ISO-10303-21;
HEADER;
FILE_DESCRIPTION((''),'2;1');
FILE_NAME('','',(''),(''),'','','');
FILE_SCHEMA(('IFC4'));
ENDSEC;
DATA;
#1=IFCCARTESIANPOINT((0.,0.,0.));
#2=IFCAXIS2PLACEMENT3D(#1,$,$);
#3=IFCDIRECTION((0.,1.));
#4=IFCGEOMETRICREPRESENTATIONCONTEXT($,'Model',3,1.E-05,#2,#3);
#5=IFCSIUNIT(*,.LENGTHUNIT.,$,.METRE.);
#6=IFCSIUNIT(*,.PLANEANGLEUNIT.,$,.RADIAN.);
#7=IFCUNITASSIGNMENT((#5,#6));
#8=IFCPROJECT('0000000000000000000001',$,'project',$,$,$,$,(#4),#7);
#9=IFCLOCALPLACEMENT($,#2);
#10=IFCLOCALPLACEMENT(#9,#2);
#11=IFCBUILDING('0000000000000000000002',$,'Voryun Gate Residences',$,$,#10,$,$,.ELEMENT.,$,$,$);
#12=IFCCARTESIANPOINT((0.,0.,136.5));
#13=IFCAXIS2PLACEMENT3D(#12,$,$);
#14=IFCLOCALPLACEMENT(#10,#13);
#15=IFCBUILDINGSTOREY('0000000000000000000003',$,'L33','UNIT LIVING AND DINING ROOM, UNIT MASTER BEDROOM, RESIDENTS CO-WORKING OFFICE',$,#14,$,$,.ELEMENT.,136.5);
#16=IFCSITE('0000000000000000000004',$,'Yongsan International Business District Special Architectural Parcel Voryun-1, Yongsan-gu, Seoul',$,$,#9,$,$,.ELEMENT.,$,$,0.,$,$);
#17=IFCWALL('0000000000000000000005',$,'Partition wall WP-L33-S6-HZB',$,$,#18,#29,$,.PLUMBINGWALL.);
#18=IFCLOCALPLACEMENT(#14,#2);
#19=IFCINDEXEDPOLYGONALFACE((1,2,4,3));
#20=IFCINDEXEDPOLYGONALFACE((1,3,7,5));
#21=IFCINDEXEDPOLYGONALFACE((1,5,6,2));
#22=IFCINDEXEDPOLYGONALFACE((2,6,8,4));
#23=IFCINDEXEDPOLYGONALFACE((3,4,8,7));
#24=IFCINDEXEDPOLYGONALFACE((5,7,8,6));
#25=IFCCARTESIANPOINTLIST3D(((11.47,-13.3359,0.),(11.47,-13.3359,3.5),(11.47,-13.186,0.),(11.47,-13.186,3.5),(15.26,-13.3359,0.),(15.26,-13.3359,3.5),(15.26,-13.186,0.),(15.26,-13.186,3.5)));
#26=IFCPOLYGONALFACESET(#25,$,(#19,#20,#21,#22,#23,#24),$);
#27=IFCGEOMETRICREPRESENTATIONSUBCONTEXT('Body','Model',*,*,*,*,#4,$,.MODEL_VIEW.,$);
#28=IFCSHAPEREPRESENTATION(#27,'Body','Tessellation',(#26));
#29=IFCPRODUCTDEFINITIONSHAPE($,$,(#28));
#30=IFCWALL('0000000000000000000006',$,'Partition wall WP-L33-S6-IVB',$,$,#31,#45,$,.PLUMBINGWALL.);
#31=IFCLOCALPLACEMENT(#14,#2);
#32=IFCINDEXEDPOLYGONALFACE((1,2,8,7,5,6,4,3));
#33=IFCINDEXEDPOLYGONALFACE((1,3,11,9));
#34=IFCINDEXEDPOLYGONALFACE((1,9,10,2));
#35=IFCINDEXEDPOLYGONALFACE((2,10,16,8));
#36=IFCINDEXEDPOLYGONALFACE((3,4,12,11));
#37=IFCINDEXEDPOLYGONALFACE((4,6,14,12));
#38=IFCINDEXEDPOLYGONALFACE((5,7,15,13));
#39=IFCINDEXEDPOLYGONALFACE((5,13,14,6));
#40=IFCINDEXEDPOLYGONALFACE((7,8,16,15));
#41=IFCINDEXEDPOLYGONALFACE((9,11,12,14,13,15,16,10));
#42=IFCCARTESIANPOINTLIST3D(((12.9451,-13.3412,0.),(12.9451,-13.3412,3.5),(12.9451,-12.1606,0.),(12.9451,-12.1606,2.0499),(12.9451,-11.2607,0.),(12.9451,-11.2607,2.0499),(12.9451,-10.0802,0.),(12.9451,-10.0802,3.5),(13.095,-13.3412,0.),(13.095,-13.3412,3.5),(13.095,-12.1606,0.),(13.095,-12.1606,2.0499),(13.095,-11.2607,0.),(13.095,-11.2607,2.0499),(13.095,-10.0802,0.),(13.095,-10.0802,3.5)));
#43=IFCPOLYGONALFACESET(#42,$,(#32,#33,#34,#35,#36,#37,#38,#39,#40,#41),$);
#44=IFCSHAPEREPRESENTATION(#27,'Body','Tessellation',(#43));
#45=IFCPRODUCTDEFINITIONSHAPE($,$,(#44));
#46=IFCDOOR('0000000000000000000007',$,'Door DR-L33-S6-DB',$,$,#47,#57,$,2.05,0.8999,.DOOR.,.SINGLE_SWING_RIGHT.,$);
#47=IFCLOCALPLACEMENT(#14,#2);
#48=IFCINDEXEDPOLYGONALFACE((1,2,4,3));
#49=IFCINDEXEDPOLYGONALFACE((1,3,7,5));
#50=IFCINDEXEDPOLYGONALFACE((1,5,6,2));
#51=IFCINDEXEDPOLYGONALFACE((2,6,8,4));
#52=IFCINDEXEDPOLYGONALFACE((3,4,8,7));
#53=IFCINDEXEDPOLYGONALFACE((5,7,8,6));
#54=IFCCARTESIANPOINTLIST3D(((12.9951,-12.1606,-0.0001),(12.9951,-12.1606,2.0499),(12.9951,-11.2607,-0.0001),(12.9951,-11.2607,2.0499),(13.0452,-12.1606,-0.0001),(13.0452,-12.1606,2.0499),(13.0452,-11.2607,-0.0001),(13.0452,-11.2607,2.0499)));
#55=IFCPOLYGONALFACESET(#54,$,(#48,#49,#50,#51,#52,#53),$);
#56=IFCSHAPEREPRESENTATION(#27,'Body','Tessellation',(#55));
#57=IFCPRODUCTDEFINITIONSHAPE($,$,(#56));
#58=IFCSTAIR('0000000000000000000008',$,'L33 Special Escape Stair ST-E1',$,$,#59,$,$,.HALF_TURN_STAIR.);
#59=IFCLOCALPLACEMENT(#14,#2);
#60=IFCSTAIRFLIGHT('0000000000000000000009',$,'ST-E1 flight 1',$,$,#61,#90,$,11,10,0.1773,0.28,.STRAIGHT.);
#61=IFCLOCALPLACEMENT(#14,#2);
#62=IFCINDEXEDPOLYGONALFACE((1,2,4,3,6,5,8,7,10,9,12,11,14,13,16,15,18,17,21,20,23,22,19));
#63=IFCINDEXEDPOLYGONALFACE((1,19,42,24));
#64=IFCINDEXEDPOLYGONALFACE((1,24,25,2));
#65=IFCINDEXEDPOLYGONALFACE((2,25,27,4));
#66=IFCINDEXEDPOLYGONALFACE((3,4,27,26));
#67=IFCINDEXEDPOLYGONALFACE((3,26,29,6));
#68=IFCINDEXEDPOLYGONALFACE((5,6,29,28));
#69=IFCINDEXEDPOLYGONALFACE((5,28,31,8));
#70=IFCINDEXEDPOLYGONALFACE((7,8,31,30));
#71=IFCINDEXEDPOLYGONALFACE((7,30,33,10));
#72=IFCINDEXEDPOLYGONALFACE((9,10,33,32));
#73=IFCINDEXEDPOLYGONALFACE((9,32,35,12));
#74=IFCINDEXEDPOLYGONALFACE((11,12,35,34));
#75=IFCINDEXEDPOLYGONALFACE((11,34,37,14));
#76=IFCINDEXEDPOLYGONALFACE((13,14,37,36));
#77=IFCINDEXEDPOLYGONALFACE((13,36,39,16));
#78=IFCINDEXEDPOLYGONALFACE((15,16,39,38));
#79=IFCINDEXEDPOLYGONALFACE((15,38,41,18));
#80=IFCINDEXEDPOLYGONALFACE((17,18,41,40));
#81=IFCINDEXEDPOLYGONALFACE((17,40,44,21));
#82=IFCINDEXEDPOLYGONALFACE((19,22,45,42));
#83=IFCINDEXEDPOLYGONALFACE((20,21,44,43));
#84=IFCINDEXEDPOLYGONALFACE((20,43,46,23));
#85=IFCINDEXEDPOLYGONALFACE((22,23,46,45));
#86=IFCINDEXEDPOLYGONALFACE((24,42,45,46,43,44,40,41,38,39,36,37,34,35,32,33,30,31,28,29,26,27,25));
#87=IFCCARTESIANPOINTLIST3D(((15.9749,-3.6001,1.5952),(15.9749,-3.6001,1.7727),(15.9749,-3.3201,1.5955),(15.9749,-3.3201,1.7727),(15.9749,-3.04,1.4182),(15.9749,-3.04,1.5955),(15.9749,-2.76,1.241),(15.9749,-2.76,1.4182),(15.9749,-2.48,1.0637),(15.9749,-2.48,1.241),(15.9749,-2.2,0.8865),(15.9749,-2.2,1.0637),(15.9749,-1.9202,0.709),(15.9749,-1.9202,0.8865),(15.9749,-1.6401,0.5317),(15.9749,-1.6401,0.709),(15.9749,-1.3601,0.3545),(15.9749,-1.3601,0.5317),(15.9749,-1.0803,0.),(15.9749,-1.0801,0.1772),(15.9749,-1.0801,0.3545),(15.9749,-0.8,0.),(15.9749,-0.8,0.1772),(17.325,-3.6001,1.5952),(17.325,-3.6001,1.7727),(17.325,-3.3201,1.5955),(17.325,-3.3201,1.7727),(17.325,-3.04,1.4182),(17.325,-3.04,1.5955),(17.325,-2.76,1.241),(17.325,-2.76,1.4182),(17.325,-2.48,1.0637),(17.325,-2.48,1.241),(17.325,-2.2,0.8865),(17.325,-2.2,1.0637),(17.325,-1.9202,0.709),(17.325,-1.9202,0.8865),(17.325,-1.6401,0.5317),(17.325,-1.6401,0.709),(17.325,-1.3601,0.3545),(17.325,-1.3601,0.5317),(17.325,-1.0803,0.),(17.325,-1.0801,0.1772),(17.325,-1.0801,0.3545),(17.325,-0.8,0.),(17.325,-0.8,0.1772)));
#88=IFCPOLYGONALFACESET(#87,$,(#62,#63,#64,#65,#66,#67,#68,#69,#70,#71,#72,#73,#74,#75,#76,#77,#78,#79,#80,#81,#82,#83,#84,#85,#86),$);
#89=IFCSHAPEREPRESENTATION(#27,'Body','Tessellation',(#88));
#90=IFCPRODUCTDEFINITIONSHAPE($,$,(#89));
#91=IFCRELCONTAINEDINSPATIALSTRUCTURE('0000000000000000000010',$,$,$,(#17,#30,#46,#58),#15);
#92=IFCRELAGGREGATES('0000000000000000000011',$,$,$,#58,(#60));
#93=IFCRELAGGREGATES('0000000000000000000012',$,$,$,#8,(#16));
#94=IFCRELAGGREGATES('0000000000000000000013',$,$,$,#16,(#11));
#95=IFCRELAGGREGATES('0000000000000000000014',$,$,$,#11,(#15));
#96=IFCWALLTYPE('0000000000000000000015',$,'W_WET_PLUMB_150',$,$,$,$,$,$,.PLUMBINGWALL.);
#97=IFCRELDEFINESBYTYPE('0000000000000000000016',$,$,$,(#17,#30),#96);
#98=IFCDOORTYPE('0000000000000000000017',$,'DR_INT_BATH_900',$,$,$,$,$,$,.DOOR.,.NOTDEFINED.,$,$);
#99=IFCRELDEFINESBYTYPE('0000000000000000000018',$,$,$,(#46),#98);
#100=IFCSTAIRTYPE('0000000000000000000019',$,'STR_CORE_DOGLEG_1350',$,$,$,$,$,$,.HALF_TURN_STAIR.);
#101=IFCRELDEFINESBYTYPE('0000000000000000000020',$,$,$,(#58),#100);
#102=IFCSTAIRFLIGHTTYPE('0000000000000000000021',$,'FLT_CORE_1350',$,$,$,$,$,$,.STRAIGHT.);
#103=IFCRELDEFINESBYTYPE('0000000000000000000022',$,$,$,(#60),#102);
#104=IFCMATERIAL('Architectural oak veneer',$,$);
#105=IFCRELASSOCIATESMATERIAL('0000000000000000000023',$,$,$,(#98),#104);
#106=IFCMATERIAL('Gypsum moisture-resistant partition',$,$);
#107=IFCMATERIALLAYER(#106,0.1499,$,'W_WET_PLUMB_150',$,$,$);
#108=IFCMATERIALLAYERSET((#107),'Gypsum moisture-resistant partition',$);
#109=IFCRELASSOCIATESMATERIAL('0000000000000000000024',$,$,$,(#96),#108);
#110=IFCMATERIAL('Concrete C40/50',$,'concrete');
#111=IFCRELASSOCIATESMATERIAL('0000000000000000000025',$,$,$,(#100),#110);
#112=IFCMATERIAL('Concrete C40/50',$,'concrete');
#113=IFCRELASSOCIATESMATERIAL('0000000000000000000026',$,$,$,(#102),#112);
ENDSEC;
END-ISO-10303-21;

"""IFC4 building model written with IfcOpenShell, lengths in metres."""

from ifc_helpers import new_model, si_unit, direction, frame, frame_2d, origin, place, context, subcontext, project, spatial, polyline, rectangle, outline, extrude, material, layer, layer_set, type_object, element, fill, aggregate, save


model = new_model("IFC4")

# Units and contexts
model_context = context("Model", 3, precision=1e-05, world=origin(), true_north=direction((0.0, 1.0)))
body_context = subcontext(model_context, "Body", "Model", "MODEL_VIEW")
ifc_project = project(units=[si_unit("LENGTHUNIT", "METRE"), si_unit("PLANEANGLEUNIT", "RADIAN")], contexts=[model_context])

# Site, building, storey
site_placement = place(None, origin())
site = spatial("IfcSite", under=ifc_project, at=site_placement, Name="Yongsan International Business District Special Architectural Parcel Voryun-1, Yongsan-gu, Seoul", CompositionType="ELEMENT", RefElevation=0.0)
building_placement = place(site_placement, origin())
building = spatial("IfcBuilding", under=site, at=building_placement, Name="Voryun Gate Residences", CompositionType="ELEMENT")
storey_placement = place(building_placement, frame((0.0, 0.0, 136.5)))
storey = spatial("IfcBuildingStorey", under=building, at=storey_placement, Name="L33", Description="UNIT LIVING AND DINING ROOM, UNIT MASTER BEDROOM, RESIDENTS CO-WORKING OFFICE", CompositionType="ELEMENT", Elevation=136.5)

# Shared definitions
ifc_material_1 = material(Name="Architectural oak veneer")
door_type_1 = type_object("IfcDoorType", Name="DR_INT_BATH_900", OperationType="NOTDEFINED", PredefinedType="DOOR", material=ifc_material_1)

# Wall
ifc_material_2 = material(Name="Gypsum moisture-resistant partition")
ifc_layer_1 = layer(ifc_material_2, 0.1499, Name="W_WET_PLUMB_150")
ifc_layer_set_1 = layer_set([ifc_layer_1], Name="Gypsum moisture-resistant partition")
wall_type_1 = type_object("IfcWallType", Name="W_WET_PLUMB_150", PredefinedType="PLUMBINGWALL", material=ifc_layer_set_1)
wall_1_placement = place(storey_placement, frame((11.47, -13.261, 0.0), z_axis=(0.0, 0.0, 1.0), x_axis=(1.0, 0.0, 0.0)))
element("IfcWall", 1, at=wall_1_placement, inside=storey, type_object=wall_type_1, Name="Partition wall WP-L33-S6-HZB", PredefinedType="PLUMBINGWALL", context=body_context, shape_type="SweptSolid", body=[
    extrude(rectangle(XDim=3.79, YDim=0.1499, at=frame_2d((1.895, 0.0))), origin(), (0.0, 0.0, 1.0), 3.5),
])

# Wall, opening, door
wall_2_placement = place(storey_placement, frame((13.02, -13.3411, 0.0), z_axis=(0.0, 0.0, 1.0), x_axis=(0.0, 1.0, 0.0)))
wall_2 = element("IfcWall", 2, at=wall_2_placement, inside=storey, type_object=wall_type_1, Name="Partition wall WP-L33-S6-IVB", PredefinedType="PLUMBINGWALL", context=body_context, shape_type="SweptSolid", body=[
    extrude(rectangle(XDim=3.261, YDim=0.1499, at=frame_2d((1.6304, 0.0))), origin(), (0.0, 0.0, 1.0), 3.5),
])
opening_1_placement = place(wall_2_placement, frame((1.1804, 0.0, 0.0)))
opening_1 = element("IfcOpeningElement", 3, at=opening_1_placement, cuts=wall_2, PredefinedType="OPENING", context=body_context, shape_type="SweptSolid", body=[
    extrude(rectangle(XDim=0.8999, YDim=2.05, at=frame_2d((0.45, 1.0249))), frame((0.0, 0.085, 0.0), z_axis=(0.0, -1.0, 0.0), x_axis=(1.0, 0.0, 0.0)), (0.0, 0.0, 1.0), 0.1699),
])
door_1_placement = place(opening_1_placement, origin())
door_1 = element("IfcDoor", 4, at=door_1_placement, inside=storey, type_object=door_type_1, Name="Door DR-L33-S6-DB", OperationType="SINGLE_SWING_RIGHT", OverallHeight=2.05, OverallWidth=0.8999, PredefinedType="DOOR", context=body_context, shape_type="SweptSolid", body=[
    extrude(rectangle(XDim=0.8999, YDim=2.05, at=frame_2d((0.45, 1.0249))), frame((0.0, 0.0249, 0.0), z_axis=(0.0, -1.0, 0.0), x_axis=(1.0, 0.0, 0.0)), (0.0, 0.0, 1.0), 0.05),
])
fill(opening_1, door_1)

# Stair, stair flight
ifc_material_3 = material(Name="Concrete C40/50", Category="concrete")
stair_type = type_object("IfcStairType", Name="STR_CORE_DOGLEG_1350", PredefinedType="HALF_TURN_STAIR", material=ifc_material_3)
stair_placement = place(storey_placement, origin())
stair = element("IfcStair", 5, at=stair_placement, inside=storey, type_object=stair_type, Name="L33 Special Escape Stair ST-E1", PredefinedType="HALF_TURN_STAIR")
ifc_material_4 = material(Name="Concrete C40/50", Category="concrete")
stair_flight_type = type_object("IfcStairFlightType", Name="FLT_CORE_1350", PredefinedType="STRAIGHT", material=ifc_material_4)
stair_flight_placement = place(storey_placement, frame((16.6499, -0.8, 0.0), z_axis=(0.0, 0.0, 1.0), x_axis=(0.0, -1.0, 0.0)))
stair_flight = element("IfcStairFlight", 6, at=stair_flight_placement, type_object=stair_flight_type, Name="ST-E1 flight 1", NumberOfRisers=11, NumberOfTreads=10, PredefinedType="STRAIGHT", RiserHeight=0.1773, TreadLength=0.28, context=body_context, shape_type="SweptSolid", body=[
    extrude(outline(polyline([(0.0, 0.0), (0.0, 0.1772), (0.28, 0.1772), (0.28, 0.3545), (0.5601, 0.3545), (0.5601, 0.5317), (0.8401, 0.5317), (0.8401, 0.709), (1.1201, 0.709), (1.1201, 0.8865), (1.3999, 0.8865), (1.3999, 1.0637), (1.6799, 1.0637), (1.6799, 1.241), (1.96, 1.241), (1.96, 1.4182), (2.24, 1.4182), (2.24, 1.5955), (2.52, 1.5955), (2.52, 1.7727), (2.8, 1.7727), (2.8, 1.95), (2.8, 1.5952), (0.2803, 0.0), (0.0, 0.0)])), frame((0.0, 0.675, 0.0), z_axis=(0.0, -1.0, 0.0), x_axis=(1.0, 0.0, 0.0)), (0.0, 0.0, 1.0), 1.3501),
])
aggregate(stair, [stair_flight])

save(model, "model.ifc")
